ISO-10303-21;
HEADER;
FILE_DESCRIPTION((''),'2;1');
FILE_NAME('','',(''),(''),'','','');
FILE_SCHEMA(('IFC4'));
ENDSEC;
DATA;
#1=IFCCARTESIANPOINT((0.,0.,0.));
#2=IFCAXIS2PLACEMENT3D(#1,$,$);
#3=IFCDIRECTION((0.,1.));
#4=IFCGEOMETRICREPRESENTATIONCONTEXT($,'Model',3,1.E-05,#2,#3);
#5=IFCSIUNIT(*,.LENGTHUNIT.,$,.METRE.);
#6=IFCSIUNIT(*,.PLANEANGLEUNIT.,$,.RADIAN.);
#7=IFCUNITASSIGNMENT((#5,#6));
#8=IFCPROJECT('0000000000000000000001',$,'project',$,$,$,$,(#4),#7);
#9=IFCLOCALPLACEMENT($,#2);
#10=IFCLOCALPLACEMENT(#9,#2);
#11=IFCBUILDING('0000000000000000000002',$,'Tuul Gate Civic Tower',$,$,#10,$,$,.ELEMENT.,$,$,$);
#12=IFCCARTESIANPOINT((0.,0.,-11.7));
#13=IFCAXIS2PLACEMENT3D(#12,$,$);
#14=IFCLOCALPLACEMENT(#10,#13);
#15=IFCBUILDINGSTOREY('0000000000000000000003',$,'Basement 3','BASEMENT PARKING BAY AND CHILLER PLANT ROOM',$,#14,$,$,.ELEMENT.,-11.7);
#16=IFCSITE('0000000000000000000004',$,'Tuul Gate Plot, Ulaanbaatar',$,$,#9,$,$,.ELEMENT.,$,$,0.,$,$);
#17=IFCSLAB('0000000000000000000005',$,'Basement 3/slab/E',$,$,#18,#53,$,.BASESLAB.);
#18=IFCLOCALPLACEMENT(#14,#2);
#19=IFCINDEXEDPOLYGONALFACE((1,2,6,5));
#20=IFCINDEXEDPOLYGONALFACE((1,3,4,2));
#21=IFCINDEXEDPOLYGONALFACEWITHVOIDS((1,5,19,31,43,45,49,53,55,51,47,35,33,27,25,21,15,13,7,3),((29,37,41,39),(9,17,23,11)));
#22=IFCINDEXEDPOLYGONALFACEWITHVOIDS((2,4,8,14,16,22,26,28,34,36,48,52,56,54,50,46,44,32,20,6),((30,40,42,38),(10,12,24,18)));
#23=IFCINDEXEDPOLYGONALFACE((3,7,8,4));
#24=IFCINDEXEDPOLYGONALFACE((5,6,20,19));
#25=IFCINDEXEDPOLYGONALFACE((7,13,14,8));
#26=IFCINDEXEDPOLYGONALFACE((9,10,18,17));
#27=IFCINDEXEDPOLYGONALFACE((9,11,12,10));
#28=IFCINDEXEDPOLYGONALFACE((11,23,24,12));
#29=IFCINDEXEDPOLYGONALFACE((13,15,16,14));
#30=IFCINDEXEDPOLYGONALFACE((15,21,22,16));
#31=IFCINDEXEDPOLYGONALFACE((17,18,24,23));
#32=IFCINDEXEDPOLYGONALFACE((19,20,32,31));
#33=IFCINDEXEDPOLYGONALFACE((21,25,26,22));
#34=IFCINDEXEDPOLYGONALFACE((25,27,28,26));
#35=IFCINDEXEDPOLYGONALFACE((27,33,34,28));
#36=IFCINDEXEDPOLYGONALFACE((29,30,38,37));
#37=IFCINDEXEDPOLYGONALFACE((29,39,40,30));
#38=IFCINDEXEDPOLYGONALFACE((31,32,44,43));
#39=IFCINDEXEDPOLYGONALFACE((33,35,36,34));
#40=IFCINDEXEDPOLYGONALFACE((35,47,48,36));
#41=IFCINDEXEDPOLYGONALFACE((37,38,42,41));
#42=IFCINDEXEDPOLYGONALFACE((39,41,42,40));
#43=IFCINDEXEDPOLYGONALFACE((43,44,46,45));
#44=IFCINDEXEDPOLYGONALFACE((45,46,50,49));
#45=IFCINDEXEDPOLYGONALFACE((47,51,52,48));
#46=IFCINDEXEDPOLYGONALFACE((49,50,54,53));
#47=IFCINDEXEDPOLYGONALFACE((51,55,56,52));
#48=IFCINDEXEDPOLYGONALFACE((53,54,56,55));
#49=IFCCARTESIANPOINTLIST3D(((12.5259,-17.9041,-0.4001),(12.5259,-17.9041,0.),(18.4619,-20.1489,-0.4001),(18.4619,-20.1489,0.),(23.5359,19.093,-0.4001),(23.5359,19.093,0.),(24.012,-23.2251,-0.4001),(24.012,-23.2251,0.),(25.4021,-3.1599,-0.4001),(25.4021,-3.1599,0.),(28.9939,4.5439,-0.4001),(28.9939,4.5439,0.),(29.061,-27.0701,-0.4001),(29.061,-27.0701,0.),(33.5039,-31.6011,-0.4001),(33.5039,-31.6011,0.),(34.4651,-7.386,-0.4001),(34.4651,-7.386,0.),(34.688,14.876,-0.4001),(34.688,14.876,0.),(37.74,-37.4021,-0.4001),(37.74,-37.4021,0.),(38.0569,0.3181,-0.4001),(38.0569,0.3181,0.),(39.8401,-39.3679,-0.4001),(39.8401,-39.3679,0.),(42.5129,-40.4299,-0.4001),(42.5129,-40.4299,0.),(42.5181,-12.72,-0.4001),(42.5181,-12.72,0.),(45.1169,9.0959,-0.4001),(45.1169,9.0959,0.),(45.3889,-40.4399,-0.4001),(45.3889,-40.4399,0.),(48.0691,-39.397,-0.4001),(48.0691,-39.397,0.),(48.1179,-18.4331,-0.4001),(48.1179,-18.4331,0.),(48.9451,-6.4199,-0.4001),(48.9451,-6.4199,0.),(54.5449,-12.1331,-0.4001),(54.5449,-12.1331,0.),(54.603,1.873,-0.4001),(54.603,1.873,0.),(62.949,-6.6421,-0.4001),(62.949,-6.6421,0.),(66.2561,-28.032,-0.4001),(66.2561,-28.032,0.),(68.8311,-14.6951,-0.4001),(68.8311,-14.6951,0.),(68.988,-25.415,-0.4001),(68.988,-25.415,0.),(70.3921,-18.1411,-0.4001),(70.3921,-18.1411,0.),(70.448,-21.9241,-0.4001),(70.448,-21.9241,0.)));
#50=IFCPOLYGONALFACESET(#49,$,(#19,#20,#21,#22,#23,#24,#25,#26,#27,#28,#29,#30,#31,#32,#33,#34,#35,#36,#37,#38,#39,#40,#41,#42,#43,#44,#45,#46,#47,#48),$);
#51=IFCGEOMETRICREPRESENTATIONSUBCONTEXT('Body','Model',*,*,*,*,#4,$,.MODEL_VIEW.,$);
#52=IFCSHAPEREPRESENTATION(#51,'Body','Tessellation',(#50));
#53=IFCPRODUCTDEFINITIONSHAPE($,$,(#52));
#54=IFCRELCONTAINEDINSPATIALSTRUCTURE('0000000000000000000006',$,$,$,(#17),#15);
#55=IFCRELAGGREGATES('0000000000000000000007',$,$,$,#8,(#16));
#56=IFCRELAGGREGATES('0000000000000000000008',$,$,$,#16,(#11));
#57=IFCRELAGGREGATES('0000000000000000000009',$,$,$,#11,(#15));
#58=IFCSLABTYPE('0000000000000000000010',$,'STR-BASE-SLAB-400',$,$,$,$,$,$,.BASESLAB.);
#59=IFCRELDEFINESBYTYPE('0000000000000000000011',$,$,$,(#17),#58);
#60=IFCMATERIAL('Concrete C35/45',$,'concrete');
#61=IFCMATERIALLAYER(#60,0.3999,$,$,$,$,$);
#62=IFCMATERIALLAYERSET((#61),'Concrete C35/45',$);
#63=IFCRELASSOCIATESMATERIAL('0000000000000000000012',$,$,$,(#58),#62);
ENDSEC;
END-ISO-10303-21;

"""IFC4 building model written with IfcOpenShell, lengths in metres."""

from ifc_helpers import new_model, si_unit, direction, frame, origin, place, context, subcontext, project, spatial, polyline, outline, extrude, material, layer, layer_set, type_object, element, save


model = new_model("IFC4")

# Units and contexts
model_context = context("Model", 3, precision=1e-05, world=origin(), true_north=direction((0.0, 1.0)))
body_context = subcontext(model_context, "Body", "Model", "MODEL_VIEW")
ifc_project = project(units=[si_unit("LENGTHUNIT", "METRE"), si_unit("PLANEANGLEUNIT", "RADIAN")], contexts=[model_context])

# Site, building, storey
site_placement = place(None, origin())
site = spatial("IfcSite", under=ifc_project, at=site_placement, Name="Tuul Gate Plot, Ulaanbaatar", CompositionType="ELEMENT", RefElevation=0.0)
building_placement = place(site_placement, origin())
building = spatial("IfcBuilding", under=site, at=building_placement, Name="Tuul Gate Civic Tower", CompositionType="ELEMENT")
storey_placement = place(building_placement, frame((0.0, 0.0, -11.7)))
storey = spatial("IfcBuildingStorey", under=building, at=storey_placement, Name="Basement 3", Description="BASEMENT PARKING BAY AND CHILLER PLANT ROOM", CompositionType="ELEMENT", Elevation=-11.7)

# Slab
ifc_material_1 = material(Name="Concrete C35/45", Category="concrete")
ifc_layer_1 = layer(ifc_material_1, 0.3999)
ifc_layer_set_1 = layer_set([ifc_layer_1], Name="Concrete C35/45")
slab_type_1 = type_object("IfcSlabType", Name="STR-BASE-SLAB-400", PredefinedType="BASESLAB", material=ifc_layer_set_1)
slab_1_placement = place(storey_placement, frame((0.0, 0.0, -0.4001)))
element("IfcSlab", 1, at=slab_1_placement, inside=storey, type_object=slab_type_1, Name="Basement 3/slab/E", PredefinedType="BASESLAB", context=body_context, shape_type="SweptSolid", body=[
    extrude(outline(polyline([(45.3889, -40.4399), (48.0691, -39.397), (66.2561, -28.032), (68.988, -25.415), (70.448, -21.9241), (70.3921, -18.1411), (68.8311, -14.6951), (62.949, -6.6421), (54.603, 1.873), (45.1169, 9.0959), (34.688, 14.876), (23.5359, 19.093), (12.5259, -17.9041), (18.4619, -20.1489), (24.012, -23.2251), (29.061, -27.0701), (33.5039, -31.6011), (37.74, -37.4021), (39.8401, -39.3679), (42.5129, -40.4299), (45.3889, -40.4399)]), holes=[polyline([(48.1179, -18.4331), (42.5181, -12.72), (48.9451, -6.4199), (54.5449, -12.1331), (48.1179, -18.4331)]), polyline([(25.4021, -3.1599), (28.9939, 4.5439), (38.0569, 0.3181), (34.4651, -7.386), (25.4021, -3.1599)])]), origin(), (0.0, 0.0, 1.0), 0.4001),
])

save(model, "model.ifc")
